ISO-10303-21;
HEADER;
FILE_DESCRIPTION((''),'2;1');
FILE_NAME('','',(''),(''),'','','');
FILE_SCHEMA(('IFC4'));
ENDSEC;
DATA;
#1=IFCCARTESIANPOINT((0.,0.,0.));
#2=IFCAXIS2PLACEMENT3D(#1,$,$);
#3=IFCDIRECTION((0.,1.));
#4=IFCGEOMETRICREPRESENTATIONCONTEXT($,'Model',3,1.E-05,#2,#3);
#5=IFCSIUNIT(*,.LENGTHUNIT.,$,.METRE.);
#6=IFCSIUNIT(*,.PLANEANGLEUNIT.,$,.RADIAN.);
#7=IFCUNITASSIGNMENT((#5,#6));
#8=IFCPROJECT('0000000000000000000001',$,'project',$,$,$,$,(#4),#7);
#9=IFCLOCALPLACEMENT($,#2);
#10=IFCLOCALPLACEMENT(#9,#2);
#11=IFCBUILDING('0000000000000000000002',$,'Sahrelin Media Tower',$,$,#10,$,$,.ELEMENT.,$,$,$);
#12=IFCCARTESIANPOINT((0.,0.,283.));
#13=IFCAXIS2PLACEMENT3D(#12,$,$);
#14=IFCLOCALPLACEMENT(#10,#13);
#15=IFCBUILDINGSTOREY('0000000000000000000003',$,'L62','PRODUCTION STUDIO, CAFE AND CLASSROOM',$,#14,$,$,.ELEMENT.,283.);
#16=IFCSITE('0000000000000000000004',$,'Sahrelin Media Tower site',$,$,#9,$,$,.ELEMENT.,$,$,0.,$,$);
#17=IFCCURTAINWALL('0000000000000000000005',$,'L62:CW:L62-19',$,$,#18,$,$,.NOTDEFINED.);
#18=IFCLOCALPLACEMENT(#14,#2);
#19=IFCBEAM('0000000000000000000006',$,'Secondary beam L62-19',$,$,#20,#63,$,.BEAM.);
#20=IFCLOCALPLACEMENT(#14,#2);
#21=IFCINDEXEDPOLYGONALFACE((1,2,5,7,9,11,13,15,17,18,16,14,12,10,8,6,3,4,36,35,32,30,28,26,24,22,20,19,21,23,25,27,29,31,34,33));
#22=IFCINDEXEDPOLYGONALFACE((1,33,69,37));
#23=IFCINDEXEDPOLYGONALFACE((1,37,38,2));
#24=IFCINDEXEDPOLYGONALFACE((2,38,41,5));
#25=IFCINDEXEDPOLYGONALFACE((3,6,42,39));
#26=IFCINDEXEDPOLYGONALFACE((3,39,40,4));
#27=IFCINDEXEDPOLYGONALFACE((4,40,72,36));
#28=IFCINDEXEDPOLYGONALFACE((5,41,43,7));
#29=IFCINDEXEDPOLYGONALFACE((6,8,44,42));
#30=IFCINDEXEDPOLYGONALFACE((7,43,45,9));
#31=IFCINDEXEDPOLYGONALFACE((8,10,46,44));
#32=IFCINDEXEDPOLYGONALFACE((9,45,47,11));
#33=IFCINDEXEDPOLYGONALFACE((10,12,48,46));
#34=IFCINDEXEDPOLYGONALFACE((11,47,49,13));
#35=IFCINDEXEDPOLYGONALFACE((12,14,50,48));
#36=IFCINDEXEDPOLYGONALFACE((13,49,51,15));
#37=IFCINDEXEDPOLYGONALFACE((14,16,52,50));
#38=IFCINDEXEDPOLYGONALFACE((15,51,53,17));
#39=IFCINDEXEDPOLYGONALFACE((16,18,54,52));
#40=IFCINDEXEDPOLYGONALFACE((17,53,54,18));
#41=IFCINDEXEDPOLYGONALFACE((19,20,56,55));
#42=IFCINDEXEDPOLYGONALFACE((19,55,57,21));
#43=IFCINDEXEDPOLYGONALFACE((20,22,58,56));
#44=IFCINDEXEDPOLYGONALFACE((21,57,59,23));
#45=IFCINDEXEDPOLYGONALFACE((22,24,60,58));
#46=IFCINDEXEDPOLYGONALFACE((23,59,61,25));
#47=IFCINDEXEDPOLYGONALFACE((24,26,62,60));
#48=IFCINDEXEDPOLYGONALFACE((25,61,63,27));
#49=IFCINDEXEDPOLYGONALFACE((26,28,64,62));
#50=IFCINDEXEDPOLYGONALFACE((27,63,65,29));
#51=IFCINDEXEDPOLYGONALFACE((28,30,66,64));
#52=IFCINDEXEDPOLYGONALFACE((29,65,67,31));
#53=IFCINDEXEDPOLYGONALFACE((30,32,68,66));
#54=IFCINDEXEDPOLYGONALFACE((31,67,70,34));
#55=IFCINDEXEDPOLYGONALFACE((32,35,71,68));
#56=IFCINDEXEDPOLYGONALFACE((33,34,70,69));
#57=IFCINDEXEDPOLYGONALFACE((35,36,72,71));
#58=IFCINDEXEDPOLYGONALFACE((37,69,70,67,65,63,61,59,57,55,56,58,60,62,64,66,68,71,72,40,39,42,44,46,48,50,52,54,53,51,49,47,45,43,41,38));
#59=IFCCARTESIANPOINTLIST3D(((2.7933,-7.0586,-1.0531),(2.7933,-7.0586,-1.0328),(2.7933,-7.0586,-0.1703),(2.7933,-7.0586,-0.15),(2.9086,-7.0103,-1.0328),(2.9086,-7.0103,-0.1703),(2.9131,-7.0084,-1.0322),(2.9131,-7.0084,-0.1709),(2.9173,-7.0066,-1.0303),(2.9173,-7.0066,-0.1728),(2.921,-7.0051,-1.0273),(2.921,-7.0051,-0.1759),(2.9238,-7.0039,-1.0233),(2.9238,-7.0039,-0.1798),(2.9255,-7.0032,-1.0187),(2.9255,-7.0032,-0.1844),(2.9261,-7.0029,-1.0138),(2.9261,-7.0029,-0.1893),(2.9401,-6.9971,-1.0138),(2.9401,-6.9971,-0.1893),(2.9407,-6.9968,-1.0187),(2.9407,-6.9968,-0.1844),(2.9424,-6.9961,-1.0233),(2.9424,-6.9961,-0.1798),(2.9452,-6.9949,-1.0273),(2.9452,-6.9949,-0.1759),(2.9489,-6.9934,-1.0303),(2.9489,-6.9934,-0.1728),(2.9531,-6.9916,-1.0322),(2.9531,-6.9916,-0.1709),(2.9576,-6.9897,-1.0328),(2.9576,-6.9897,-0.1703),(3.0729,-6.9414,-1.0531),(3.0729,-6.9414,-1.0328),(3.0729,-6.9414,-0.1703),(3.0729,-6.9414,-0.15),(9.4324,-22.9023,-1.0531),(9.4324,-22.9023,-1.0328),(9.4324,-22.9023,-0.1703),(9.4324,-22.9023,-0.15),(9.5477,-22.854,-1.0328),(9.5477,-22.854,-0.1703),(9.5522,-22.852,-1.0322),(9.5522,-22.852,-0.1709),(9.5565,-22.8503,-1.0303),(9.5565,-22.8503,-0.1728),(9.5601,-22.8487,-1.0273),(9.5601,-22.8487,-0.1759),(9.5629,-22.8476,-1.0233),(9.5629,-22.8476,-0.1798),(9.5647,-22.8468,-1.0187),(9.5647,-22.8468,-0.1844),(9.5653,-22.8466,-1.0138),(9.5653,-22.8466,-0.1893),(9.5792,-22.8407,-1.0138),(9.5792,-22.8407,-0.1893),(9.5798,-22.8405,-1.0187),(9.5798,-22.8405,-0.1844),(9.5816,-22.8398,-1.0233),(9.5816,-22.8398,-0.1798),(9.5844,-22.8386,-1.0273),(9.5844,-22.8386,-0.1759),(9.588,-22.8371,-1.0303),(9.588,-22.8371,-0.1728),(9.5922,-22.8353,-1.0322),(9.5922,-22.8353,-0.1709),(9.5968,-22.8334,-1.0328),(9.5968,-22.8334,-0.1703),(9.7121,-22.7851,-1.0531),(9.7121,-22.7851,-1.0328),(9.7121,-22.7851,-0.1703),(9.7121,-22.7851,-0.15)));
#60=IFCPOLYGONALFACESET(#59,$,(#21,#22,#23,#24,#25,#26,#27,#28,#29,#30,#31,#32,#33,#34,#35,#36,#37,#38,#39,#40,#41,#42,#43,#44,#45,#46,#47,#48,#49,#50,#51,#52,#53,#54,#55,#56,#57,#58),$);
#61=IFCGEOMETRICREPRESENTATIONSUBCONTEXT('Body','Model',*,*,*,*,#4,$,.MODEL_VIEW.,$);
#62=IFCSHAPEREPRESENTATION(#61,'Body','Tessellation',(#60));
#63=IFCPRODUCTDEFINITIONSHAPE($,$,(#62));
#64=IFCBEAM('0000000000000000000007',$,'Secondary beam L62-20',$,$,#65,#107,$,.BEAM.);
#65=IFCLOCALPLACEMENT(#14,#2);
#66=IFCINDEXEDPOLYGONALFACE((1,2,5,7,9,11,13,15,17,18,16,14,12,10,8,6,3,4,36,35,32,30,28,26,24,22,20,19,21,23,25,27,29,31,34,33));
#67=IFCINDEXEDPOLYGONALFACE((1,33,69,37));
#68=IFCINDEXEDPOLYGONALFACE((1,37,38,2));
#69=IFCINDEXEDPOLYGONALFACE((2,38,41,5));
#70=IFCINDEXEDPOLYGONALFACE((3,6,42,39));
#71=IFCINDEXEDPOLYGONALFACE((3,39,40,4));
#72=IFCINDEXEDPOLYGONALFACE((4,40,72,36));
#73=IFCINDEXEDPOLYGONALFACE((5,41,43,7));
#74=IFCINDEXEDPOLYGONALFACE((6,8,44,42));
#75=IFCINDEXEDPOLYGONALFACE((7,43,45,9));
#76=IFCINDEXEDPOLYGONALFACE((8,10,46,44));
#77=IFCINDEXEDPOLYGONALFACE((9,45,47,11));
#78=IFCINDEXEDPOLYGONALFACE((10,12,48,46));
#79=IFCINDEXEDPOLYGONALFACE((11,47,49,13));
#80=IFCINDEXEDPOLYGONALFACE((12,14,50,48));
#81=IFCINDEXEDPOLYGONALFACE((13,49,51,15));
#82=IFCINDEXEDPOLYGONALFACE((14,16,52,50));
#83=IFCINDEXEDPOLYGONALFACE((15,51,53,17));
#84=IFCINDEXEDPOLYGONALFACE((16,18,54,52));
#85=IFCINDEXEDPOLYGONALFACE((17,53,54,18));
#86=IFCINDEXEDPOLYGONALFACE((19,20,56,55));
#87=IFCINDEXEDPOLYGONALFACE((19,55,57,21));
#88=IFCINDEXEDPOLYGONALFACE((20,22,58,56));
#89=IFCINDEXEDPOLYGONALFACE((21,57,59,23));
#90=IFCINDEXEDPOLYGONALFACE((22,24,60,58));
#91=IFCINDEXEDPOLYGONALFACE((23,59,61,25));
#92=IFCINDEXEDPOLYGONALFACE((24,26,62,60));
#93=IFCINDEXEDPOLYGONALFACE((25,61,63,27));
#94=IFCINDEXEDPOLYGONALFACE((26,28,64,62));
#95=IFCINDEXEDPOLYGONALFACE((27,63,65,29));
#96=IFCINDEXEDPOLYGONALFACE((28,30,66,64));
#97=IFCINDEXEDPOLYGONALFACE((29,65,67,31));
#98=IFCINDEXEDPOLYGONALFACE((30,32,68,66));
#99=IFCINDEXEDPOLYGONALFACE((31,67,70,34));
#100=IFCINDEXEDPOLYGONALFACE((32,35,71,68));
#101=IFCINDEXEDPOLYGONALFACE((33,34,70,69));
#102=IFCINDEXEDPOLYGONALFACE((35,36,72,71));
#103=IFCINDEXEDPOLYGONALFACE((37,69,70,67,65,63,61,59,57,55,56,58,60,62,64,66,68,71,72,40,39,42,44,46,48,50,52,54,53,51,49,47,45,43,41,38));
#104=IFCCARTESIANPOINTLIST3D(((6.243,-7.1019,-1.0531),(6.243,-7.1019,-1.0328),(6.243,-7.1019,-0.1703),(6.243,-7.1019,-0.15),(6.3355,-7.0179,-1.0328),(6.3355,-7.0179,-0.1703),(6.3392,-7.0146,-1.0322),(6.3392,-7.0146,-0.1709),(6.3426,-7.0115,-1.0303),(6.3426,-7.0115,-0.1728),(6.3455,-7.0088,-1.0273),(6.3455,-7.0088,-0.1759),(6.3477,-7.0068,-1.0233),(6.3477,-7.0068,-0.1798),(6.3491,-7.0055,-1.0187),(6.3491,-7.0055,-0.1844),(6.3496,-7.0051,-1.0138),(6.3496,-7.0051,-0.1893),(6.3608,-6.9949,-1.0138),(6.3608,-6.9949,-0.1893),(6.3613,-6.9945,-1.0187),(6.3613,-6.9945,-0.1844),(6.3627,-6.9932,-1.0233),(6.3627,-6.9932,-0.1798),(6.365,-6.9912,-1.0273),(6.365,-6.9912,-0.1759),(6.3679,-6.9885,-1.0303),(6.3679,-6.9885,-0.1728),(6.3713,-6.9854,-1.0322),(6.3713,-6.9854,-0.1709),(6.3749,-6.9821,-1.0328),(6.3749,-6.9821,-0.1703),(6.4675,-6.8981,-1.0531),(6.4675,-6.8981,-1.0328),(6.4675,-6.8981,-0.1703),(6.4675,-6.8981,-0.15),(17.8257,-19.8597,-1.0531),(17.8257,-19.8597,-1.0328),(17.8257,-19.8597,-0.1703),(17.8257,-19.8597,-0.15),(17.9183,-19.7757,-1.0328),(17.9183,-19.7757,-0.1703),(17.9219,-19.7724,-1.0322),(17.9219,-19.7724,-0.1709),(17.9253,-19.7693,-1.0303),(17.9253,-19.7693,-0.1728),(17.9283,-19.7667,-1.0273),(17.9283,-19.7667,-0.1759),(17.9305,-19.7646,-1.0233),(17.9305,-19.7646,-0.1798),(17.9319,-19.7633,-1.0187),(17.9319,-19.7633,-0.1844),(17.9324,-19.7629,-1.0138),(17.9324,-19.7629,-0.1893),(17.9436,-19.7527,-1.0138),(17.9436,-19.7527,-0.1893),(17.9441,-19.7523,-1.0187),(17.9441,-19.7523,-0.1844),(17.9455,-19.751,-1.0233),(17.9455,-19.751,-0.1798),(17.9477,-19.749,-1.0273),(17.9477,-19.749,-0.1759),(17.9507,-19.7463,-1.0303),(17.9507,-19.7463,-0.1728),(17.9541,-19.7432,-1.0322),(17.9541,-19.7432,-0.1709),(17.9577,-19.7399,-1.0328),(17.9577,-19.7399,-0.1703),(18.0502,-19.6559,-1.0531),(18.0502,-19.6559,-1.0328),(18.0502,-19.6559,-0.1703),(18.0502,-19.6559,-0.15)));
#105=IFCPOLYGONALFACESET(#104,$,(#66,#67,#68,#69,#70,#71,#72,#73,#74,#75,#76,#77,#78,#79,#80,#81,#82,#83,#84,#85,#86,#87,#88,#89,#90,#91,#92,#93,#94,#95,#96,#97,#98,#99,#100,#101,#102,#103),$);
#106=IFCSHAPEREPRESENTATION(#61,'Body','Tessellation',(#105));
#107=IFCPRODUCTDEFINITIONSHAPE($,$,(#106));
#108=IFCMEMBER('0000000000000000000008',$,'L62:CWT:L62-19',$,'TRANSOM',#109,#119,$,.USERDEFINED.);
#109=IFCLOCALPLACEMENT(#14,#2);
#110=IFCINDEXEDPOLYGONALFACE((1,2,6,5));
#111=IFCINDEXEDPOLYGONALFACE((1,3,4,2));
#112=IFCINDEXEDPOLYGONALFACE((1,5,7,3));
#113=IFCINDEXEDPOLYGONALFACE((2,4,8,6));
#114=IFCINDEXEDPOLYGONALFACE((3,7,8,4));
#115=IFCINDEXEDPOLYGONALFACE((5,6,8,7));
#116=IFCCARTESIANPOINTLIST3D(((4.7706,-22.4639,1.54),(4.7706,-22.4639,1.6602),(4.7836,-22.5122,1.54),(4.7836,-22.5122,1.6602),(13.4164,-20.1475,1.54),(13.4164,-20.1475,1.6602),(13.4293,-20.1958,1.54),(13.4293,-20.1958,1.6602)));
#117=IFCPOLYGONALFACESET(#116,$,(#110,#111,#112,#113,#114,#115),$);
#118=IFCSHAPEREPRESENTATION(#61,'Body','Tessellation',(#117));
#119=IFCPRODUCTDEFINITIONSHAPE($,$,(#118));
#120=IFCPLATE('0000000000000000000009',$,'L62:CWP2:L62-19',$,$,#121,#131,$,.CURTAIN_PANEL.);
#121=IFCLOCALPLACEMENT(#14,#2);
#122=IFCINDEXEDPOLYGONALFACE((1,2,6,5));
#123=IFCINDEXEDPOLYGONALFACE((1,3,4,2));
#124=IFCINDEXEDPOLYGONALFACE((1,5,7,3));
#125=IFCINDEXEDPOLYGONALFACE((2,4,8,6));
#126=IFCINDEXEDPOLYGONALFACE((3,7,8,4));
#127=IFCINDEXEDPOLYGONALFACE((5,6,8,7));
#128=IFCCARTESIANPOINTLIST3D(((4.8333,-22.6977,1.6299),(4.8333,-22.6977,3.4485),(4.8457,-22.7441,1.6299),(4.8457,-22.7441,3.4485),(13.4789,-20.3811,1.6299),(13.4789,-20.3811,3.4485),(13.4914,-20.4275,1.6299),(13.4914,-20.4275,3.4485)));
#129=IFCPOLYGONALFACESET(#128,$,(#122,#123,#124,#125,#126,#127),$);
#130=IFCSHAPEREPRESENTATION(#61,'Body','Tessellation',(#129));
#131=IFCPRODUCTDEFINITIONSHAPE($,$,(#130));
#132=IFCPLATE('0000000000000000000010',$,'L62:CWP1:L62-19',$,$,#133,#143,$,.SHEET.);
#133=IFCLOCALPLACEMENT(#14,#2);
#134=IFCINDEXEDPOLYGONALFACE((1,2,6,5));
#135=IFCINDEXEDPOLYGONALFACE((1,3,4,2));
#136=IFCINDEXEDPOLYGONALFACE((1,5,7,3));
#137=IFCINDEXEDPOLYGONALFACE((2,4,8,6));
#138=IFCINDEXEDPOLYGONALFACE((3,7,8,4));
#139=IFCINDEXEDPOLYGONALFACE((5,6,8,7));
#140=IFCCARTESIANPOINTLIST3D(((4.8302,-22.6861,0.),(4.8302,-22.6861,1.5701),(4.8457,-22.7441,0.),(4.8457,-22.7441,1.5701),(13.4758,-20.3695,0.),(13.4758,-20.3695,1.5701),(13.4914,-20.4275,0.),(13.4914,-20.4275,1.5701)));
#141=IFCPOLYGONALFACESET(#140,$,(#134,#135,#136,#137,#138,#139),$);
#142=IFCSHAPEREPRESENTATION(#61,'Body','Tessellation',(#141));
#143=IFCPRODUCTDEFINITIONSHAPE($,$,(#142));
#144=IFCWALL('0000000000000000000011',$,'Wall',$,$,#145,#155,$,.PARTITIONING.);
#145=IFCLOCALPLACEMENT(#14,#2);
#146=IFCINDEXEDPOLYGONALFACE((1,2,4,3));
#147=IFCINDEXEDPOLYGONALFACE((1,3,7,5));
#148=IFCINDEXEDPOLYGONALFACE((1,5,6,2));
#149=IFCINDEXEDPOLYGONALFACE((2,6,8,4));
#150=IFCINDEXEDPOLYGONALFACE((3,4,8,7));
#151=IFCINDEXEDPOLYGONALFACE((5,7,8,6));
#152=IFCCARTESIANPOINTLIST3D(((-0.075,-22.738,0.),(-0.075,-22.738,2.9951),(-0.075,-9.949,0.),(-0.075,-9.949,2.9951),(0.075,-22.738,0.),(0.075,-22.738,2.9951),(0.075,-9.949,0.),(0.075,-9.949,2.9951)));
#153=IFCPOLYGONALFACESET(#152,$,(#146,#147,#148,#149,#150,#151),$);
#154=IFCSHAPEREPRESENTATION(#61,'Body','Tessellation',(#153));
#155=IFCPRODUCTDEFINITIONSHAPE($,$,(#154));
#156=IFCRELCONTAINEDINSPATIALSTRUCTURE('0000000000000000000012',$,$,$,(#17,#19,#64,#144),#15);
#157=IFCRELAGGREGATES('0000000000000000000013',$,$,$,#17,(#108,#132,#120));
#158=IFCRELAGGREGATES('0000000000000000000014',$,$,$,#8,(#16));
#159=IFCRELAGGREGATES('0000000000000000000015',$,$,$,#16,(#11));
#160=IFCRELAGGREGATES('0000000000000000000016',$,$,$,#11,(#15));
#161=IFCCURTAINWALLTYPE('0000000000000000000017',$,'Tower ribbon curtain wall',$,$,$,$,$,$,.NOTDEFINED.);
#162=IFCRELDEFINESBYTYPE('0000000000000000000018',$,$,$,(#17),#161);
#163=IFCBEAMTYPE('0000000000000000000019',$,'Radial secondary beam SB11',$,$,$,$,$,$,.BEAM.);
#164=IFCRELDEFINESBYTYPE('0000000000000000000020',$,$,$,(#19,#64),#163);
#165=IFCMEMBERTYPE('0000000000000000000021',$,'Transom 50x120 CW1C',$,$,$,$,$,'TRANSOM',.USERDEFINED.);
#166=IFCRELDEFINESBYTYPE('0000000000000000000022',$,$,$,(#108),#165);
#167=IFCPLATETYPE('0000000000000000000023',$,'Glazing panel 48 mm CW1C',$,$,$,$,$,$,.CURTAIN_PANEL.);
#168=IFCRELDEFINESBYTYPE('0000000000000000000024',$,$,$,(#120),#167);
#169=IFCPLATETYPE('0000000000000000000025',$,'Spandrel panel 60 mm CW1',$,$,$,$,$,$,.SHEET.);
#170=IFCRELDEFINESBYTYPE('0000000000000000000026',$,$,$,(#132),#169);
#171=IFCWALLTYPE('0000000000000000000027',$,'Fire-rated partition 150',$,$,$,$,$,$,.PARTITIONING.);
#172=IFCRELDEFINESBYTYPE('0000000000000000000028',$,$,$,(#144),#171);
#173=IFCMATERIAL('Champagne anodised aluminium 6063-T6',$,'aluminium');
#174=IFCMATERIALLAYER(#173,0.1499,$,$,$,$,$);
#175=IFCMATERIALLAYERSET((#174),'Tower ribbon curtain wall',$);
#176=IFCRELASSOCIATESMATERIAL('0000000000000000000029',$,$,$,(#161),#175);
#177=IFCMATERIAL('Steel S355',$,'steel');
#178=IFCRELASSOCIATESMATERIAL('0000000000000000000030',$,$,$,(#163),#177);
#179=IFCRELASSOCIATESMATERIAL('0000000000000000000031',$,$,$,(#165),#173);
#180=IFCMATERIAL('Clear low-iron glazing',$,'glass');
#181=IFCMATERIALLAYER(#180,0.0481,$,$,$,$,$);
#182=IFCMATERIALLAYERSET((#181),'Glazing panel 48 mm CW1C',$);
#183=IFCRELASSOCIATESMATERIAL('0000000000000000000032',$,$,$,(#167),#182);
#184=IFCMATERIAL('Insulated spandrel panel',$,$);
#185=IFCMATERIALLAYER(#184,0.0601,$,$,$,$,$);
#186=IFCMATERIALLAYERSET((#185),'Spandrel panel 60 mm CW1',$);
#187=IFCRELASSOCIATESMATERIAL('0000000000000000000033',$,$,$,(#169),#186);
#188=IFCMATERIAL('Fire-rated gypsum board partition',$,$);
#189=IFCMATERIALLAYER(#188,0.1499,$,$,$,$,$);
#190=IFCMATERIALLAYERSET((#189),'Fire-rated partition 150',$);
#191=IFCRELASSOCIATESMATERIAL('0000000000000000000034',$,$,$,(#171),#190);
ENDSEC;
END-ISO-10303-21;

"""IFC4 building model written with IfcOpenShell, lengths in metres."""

from ifc_helpers import new_model, si_unit, direction, frame, frame_2d, origin, origin_2d, place, context, subcontext, project, spatial, polyline, rectangle, i_section, outline, extrude, material, layer, layer_set, material_profile, profile_set, type_object, element, aggregate, save


model = new_model("IFC4")

# Units and contexts
model_context = context("Model", 3, precision=1e-05, world=origin(), true_north=direction((0.0, 1.0)))
body_context = subcontext(model_context, "Body", "Model", "MODEL_VIEW")
ifc_project = project(units=[si_unit("LENGTHUNIT", "METRE"), si_unit("PLANEANGLEUNIT", "RADIAN")], contexts=[model_context])

# Site, building, storey
site_placement = place(None, origin())
site = spatial("IfcSite", under=ifc_project, at=site_placement, Name="Sahrelin Media Tower site", CompositionType="ELEMENT", RefElevation=0.0)
building_placement = place(site_placement, origin())
building = spatial("IfcBuilding", under=site, at=building_placement, Name="Sahrelin Media Tower", CompositionType="ELEMENT")
storey_placement = place(building_placement, frame((0.0, 0.0, 283.0)))
storey = spatial("IfcBuildingStorey", under=building, at=storey_placement, Name="L62", Description="PRODUCTION STUDIO, CAFE AND CLASSROOM", CompositionType="ELEMENT", Elevation=283.0)

# Shared definitions
ifc_material_1 = material(Name="Steel S355", Category="steel")

# Curtain wall
ifc_material_2 = material(Name="Champagne anodised aluminium 6063-T6", Category="aluminium")
ifc_layer_1 = layer(ifc_material_2, 0.1499)
ifc_layer_set_1 = layer_set([ifc_layer_1], Name="Tower ribbon curtain wall")
curtain_wall_type = type_object("IfcCurtainWallType", Name="Tower ribbon curtain wall", PredefinedType="NOTDEFINED", material=ifc_layer_set_1)
curtain_wall_1_placement = place(storey_placement, frame((9.1633, -21.5664, 0.0), z_axis=(0.0, 0.0, 1.0), x_axis=(1.0, 0.0, 0.0)))
curtain_wall_1 = element("IfcCurtainWall", 1, at=curtain_wall_1_placement, inside=storey, type_object=curtain_wall_type, Name="L62:CW:L62-19", PredefinedType="NOTDEFINED")

# Beams
ifc_material_profile_1 = material_profile(ifc_material_1, i_section(OverallWidth=0.3032, OverallDepth=0.9031, WebThickness=0.0151, FlangeThickness=0.0203, FilletRadius=0.019, at=origin_2d()), Name="UB 914x305x201")
ifc_profile_set_1 = profile_set([ifc_material_profile_1], Name="Steel S355")
beam_type_1 = type_object("IfcBeamType", Name="Radial secondary beam SB11", PredefinedType="BEAM", material=ifc_profile_set_1)
beam_1_placement = place(storey_placement, frame((2.9331, -7.0, -0.6016), z_axis=(0.386479, -0.922298, 0.0), x_axis=(0.922298, 0.386479, 0.0)))
element("IfcBeam", 2, at=beam_1_placement, inside=storey, type_object=beam_type_1, Name="Secondary beam L62-19", PredefinedType="BEAM", context=body_context, shape_type="SweptSolid", body=[
    extrude(i_section(OverallWidth=0.3032, OverallDepth=0.9031, WebThickness=0.0151, FlangeThickness=0.0203, FilletRadius=0.019, at=origin_2d()), origin(), (0.0, 0.0, 1.0), 17.1785),
])
beam_2_placement = place(storey_placement, frame((6.3552, -7.0, -0.6016), z_axis=(0.672188, -0.74038, 0.0), x_axis=(0.74038, 0.672188, 0.0)))
element("IfcBeam", 3, at=beam_2_placement, inside=storey, type_object=beam_type_1, Name="Secondary beam L62-20", PredefinedType="BEAM", context=body_context, shape_type="SweptSolid", body=[
    extrude(i_section(OverallWidth=0.3032, OverallDepth=0.9031, WebThickness=0.0151, FlangeThickness=0.0203, FilletRadius=0.019, at=origin_2d()), origin(), (0.0, 0.0, 1.0), 17.2314),
])

# Member
ifc_material_profile_2 = material_profile(ifc_material_2, rectangle(XDim=0.05, YDim=0.1201, at=origin_2d()), Name="Transom 50x120")
ifc_profile_set_2 = profile_set([ifc_material_profile_2], Name="Champagne anodised aluminium 6063-T6")
member_type_1 = type_object("IfcMemberType", Name="Transom 50x120 CW1C", ElementType="TRANSOM", PredefinedType="USERDEFINED", material=ifc_profile_set_2)
member_1_placement = place(storey_placement, frame((4.7771, -22.488, 1.6001), z_axis=(0.965932, 0.258797, 0.0), x_axis=(-0.258797, 0.965932, 0.0)))
member_1 = element("IfcMember", 4, at=member_1_placement, type_object=member_type_1, Name="L62:CWT:L62-19", ObjectType="TRANSOM", PredefinedType="USERDEFINED", context=body_context, shape_type="SweptSolid", body=[
    extrude(rectangle(XDim=0.05, YDim=0.1201, at=origin_2d()), origin(), (0.0, 0.0, 1.0), 8.9507),
])

# Plates
ifc_material_3 = material(Name="Clear low-iron glazing", Category="glass")
ifc_layer_2 = layer(ifc_material_3, 0.0481)
ifc_layer_set_2 = layer_set([ifc_layer_2], Name="Glazing panel 48 mm CW1C")
plate_type_1 = type_object("IfcPlateType", Name="Glazing panel 48 mm CW1C", PredefinedType="CURTAIN_PANEL", material=ifc_layer_set_2)
plate_1_placement = place(storey_placement, frame((4.8457, -22.7441, 1.6299), z_axis=(0.258822, -0.965925, 0.0), x_axis=(0.965925, 0.258822, 0.0)))
plate_1 = element("IfcPlate", 5, at=plate_1_placement, type_object=plate_type_1, Name="L62:CWP2:L62-19", PredefinedType="CURTAIN_PANEL", context=body_context, shape_type="SweptSolid", body=[
    extrude(outline(polyline([(0.0, 0.0), (8.9507, 0.0), (8.9507, 1.8186), (0.0, 1.8186), (0.0, 0.0)])), origin(), (0.0, 0.0, -1.0), 0.0481),
])
ifc_material_4 = material(Name="Insulated spandrel panel")
ifc_layer_3 = layer(ifc_material_4, 0.0601)
ifc_layer_set_3 = layer_set([ifc_layer_3], Name="Spandrel panel 60 mm CW1")
plate_type_2 = type_object("IfcPlateType", Name="Spandrel panel 60 mm CW1", PredefinedType="SHEET", material=ifc_layer_set_3)
plate_2_placement = place(storey_placement, frame((4.8457, -22.7441, 0.0), z_axis=(0.258822, -0.965925, 0.0), x_axis=(0.965925, 0.258822, 0.0)))
plate_2 = element("IfcPlate", 6, at=plate_2_placement, type_object=plate_type_2, Name="L62:CWP1:L62-19", PredefinedType="SHEET", context=body_context, shape_type="SweptSolid", body=[
    extrude(outline(polyline([(0.0, 0.0), (8.9507, 0.0), (8.9507, 1.5701), (0.0, 1.5701), (0.0, 0.0)])), origin(), (0.0, 0.0, -1.0), 0.0601),
])
aggregate(curtain_wall_1, [member_1, plate_2, plate_1])

# Wall
ifc_material_5 = material(Name="Fire-rated gypsum board partition")
ifc_layer_4 = layer(ifc_material_5, 0.1499)
ifc_layer_set_4 = layer_set([ifc_layer_4], Name="Fire-rated partition 150")
wall_type_1 = type_object("IfcWallType", Name="Fire-rated partition 150", PredefinedType="PARTITIONING", material=ifc_layer_set_4)
wall_1_placement = place(storey_placement, frame((0.0, -22.738, 0.0), z_axis=(0.0, 0.0, 1.0), x_axis=(0.0, 1.0, 0.0)))
element("IfcWall", 7, at=wall_1_placement, inside=storey, type_object=wall_type_1, Name="Wall", PredefinedType="PARTITIONING", context=body_context, shape_type="SweptSolid", body=[
    extrude(rectangle(XDim=12.7891, YDim=0.1499, at=frame_2d((6.3945, 0.0))), origin(), (0.0, 0.0, 1.0), 2.9951),
])

save(model, "model.ifc")
